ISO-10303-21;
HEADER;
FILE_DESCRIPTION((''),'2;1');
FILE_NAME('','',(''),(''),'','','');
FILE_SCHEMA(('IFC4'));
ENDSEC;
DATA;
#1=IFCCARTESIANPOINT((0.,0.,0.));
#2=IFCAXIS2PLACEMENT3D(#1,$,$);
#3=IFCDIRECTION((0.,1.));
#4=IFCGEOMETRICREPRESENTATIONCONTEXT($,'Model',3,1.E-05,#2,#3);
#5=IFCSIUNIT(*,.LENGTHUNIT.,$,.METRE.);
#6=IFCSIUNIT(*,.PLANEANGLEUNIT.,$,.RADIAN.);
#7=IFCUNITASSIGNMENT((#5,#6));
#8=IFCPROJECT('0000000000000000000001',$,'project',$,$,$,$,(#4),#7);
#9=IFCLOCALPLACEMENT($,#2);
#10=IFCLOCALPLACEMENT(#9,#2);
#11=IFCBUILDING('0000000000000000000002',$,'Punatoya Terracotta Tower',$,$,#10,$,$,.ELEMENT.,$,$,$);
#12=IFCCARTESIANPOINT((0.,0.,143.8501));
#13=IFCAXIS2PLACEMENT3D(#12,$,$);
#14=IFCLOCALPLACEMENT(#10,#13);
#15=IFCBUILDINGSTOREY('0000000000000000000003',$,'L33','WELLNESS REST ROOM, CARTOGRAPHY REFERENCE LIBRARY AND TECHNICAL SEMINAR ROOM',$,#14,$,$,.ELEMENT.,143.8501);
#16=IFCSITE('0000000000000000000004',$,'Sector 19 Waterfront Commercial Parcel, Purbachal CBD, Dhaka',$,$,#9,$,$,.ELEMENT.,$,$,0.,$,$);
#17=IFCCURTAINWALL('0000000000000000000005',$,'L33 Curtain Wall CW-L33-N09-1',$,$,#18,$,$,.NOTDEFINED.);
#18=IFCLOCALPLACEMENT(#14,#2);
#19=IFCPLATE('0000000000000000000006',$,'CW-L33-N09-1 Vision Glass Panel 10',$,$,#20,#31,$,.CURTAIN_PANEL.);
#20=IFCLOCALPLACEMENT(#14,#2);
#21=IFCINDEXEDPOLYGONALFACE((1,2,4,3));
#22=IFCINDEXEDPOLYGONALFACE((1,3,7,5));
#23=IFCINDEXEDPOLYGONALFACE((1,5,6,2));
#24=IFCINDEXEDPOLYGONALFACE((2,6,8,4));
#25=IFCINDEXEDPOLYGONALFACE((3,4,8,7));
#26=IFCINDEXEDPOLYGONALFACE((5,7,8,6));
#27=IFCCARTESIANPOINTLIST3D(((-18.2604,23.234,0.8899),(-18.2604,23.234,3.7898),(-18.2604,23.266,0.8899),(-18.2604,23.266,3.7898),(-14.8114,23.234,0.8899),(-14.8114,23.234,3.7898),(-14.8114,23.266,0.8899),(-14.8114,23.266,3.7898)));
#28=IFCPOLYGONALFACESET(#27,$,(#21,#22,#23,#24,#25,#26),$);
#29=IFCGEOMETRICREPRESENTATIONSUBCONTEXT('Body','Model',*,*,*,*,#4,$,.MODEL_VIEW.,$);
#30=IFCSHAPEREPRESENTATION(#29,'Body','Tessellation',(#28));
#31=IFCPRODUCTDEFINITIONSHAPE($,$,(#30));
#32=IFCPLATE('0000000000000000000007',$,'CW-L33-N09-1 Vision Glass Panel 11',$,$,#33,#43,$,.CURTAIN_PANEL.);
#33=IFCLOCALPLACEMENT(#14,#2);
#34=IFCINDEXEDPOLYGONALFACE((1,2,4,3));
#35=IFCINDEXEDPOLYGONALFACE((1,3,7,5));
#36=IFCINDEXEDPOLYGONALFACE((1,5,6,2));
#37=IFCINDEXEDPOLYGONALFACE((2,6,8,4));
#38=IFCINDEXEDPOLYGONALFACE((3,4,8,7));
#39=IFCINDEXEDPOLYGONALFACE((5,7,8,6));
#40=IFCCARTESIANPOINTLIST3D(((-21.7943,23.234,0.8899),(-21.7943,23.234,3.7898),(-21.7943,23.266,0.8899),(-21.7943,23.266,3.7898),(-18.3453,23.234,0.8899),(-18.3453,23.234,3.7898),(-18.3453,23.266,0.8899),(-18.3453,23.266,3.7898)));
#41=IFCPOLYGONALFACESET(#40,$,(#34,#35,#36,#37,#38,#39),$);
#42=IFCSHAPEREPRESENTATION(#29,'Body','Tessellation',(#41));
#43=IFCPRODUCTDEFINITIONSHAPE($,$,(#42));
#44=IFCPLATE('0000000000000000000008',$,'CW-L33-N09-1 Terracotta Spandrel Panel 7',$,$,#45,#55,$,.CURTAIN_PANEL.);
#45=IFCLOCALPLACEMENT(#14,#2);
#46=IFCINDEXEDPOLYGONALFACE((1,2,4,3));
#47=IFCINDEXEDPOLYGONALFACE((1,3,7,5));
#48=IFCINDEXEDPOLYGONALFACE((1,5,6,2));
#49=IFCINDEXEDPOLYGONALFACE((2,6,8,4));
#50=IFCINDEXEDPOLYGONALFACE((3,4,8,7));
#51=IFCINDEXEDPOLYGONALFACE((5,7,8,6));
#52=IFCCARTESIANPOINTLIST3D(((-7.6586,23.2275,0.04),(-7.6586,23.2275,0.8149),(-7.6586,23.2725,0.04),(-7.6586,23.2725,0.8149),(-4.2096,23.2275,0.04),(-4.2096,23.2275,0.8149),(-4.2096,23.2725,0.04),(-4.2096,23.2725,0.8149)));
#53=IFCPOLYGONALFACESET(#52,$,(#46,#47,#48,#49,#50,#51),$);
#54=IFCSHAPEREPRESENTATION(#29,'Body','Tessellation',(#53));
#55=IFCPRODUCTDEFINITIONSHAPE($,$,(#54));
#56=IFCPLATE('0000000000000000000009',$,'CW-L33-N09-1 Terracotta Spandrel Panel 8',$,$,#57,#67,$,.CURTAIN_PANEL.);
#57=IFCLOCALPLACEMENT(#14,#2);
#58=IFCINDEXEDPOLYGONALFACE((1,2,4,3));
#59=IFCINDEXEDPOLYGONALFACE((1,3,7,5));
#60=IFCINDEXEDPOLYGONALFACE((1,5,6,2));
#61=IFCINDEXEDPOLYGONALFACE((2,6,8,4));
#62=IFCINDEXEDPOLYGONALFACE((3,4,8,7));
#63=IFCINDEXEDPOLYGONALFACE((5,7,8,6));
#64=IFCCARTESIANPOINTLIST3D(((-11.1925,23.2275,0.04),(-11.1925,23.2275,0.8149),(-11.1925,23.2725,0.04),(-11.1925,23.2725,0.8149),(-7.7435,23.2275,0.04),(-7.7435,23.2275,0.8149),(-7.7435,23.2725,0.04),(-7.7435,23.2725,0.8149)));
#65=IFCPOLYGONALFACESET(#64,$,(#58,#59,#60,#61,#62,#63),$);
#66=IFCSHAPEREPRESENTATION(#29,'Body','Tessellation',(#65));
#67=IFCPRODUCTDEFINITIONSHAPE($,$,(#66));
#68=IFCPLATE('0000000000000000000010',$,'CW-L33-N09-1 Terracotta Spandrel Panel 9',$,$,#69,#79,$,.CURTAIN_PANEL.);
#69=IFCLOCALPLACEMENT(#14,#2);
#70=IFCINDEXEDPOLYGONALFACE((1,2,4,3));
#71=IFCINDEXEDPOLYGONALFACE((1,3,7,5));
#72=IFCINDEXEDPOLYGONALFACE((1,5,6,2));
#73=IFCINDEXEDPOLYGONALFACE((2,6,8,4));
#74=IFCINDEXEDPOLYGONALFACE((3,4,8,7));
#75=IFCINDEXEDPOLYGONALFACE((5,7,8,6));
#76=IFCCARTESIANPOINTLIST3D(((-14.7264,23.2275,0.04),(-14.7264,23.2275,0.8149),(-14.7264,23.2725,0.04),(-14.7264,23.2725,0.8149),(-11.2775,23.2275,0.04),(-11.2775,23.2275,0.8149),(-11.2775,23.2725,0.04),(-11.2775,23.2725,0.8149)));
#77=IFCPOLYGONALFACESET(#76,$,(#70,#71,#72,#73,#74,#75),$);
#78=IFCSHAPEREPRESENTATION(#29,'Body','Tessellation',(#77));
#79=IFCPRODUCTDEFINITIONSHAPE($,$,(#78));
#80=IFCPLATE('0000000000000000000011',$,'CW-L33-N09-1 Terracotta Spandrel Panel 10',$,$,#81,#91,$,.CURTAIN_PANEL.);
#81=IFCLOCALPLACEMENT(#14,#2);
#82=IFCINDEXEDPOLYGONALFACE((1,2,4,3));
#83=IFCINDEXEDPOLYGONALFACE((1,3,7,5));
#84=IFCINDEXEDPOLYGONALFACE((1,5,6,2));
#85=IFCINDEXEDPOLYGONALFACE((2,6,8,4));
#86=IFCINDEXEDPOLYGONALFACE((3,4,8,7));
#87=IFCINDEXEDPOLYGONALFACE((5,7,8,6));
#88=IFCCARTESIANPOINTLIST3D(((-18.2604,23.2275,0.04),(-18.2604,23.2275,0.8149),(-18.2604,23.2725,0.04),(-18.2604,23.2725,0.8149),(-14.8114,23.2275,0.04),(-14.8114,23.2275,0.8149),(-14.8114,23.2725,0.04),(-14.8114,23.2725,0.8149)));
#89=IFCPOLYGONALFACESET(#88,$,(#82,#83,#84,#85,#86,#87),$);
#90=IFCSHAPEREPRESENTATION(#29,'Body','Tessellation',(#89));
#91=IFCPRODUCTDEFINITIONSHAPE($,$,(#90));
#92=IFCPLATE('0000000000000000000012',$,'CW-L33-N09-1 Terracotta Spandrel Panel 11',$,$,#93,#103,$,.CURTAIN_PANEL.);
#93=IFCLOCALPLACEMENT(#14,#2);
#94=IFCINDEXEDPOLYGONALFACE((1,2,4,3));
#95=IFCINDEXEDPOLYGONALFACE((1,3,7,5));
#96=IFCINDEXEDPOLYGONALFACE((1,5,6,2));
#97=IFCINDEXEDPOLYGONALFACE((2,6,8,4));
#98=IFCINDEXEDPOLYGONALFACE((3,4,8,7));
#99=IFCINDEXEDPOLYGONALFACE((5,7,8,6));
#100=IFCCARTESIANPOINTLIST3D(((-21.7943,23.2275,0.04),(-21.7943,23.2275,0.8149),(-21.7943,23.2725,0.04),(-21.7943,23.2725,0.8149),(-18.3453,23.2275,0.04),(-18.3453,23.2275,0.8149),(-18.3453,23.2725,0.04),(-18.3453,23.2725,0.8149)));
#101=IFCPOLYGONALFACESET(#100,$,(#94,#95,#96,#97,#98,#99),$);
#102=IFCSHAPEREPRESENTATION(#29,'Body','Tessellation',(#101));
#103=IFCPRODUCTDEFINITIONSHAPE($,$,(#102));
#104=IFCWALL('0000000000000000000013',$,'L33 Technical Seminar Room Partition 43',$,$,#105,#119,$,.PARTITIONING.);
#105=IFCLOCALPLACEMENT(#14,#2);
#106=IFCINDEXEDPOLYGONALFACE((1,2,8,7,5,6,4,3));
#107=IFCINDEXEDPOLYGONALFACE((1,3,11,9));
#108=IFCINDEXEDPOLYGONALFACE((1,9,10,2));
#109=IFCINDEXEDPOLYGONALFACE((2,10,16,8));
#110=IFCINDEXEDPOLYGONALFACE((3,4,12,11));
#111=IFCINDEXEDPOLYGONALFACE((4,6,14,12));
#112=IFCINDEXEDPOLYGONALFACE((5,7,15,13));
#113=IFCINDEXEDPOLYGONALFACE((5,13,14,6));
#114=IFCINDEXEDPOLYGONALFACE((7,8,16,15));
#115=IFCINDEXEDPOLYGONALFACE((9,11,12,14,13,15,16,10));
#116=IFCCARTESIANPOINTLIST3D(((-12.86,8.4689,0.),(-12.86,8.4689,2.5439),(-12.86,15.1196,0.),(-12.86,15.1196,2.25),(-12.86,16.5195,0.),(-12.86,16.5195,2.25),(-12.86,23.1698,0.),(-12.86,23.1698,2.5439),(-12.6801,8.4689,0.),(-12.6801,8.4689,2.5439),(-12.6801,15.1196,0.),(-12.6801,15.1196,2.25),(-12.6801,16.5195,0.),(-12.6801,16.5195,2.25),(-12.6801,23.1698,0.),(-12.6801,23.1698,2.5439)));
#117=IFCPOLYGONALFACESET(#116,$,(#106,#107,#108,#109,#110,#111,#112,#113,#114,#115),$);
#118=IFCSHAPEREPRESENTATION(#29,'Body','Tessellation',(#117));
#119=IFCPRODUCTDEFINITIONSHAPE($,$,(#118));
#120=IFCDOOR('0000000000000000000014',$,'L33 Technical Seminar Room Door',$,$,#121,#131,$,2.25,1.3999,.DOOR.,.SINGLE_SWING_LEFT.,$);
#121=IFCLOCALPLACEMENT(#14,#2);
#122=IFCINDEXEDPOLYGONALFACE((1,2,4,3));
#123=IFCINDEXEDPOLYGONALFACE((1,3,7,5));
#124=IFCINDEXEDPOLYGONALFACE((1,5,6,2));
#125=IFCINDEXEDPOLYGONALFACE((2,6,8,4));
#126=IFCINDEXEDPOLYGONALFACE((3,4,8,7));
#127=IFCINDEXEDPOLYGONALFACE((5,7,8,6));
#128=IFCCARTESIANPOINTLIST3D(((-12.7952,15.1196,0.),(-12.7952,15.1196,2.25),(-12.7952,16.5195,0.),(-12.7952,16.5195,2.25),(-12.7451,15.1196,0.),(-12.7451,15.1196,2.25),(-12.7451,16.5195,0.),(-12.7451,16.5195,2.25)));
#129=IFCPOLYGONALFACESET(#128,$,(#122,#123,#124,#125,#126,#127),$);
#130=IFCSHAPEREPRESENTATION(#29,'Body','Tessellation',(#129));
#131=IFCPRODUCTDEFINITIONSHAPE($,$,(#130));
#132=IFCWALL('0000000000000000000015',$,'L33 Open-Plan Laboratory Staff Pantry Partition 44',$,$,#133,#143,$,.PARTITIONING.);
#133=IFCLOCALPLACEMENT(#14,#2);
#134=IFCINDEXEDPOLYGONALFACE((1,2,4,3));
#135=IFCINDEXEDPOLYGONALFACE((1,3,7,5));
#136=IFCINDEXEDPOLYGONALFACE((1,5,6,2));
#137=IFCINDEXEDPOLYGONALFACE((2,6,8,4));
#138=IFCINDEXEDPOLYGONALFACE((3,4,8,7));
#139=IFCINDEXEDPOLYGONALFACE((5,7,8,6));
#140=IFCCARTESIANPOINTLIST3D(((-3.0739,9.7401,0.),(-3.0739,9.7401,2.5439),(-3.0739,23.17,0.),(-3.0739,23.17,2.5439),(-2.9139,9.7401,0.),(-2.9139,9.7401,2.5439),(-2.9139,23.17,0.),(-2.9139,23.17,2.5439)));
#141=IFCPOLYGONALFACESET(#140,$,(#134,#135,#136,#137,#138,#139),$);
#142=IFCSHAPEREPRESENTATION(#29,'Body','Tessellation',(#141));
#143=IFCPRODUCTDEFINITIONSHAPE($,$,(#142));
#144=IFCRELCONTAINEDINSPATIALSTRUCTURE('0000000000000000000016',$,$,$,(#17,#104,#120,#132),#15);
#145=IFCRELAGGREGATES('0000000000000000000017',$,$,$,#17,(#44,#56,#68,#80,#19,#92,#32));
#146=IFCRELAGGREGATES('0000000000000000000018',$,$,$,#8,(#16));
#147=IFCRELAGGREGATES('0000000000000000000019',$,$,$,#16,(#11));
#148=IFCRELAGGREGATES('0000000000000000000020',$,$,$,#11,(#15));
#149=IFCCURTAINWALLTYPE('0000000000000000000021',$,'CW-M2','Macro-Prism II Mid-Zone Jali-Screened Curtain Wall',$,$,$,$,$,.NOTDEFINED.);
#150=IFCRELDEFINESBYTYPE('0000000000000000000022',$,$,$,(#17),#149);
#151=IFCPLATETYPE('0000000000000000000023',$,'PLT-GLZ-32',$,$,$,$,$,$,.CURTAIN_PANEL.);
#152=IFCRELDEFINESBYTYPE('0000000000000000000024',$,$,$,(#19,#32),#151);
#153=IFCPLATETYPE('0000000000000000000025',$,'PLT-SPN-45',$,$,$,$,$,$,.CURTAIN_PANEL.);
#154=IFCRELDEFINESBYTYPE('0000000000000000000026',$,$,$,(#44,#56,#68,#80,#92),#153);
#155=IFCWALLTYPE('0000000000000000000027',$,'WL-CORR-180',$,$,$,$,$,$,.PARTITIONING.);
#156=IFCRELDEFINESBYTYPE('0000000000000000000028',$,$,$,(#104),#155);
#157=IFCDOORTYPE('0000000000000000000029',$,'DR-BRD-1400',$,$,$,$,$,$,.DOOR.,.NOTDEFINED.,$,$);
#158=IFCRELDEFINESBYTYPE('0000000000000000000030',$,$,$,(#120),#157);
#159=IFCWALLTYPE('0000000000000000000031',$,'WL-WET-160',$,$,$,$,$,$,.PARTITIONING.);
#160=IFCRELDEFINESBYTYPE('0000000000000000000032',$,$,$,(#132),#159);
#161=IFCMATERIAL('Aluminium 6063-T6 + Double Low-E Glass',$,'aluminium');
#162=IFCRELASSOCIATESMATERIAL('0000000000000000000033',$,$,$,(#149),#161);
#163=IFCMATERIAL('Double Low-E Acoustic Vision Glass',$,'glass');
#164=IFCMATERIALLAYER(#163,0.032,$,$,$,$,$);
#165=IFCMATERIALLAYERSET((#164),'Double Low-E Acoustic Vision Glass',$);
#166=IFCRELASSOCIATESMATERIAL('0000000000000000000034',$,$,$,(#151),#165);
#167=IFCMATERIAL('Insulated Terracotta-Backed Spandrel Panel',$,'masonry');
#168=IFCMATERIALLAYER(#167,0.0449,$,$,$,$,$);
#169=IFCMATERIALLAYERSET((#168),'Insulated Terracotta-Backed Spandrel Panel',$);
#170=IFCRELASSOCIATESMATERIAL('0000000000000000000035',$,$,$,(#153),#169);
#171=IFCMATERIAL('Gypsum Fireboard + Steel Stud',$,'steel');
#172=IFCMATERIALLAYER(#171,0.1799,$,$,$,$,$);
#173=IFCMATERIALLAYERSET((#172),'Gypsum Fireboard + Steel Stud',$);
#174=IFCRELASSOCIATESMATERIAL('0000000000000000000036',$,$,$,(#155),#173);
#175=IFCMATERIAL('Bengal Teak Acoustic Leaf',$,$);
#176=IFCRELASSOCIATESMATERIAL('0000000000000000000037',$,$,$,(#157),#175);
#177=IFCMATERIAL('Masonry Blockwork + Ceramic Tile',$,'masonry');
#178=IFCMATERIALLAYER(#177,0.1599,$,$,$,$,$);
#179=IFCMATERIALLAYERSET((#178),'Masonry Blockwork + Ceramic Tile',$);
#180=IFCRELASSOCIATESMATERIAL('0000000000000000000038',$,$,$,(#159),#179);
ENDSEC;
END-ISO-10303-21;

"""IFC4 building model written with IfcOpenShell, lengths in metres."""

from ifc_helpers import new_model, si_unit, direction, frame, frame_2d, origin, origin_2d, place, context, subcontext, project, spatial, rectangle, extrude, material, layer, layer_set, type_object, element, fill, aggregate, save


model = new_model("IFC4")

# Units and contexts
model_context = context("Model", 3, precision=1e-05, world=origin(), true_north=direction((0.0, 1.0)))
body_context = subcontext(model_context, "Body", "Model", "MODEL_VIEW")
ifc_project = project(units=[si_unit("LENGTHUNIT", "METRE"), si_unit("PLANEANGLEUNIT", "RADIAN")], contexts=[model_context])

# Site, building, storey
site_placement = place(None, origin())
site = spatial("IfcSite", under=ifc_project, at=site_placement, Name="Sector 19 Waterfront Commercial Parcel, Purbachal CBD, Dhaka", CompositionType="ELEMENT", RefElevation=0.0)
building_placement = place(site_placement, origin())
building = spatial("IfcBuilding", under=site, at=building_placement, Name="Punatoya Terracotta Tower", CompositionType="ELEMENT")
storey_placement = place(building_placement, frame((0.0, 0.0, 143.8501)))
storey = spatial("IfcBuildingStorey", under=building, at=storey_placement, Name="L33", Description="WELLNESS REST ROOM, CARTOGRAPHY REFERENCE LIBRARY AND TECHNICAL SEMINAR ROOM", CompositionType="ELEMENT", Elevation=143.8501)

# Curtain wall, plates
ifc_material_1 = material(Name="Aluminium 6063-T6 + Double Low-E Glass", Category="aluminium")
curtain_wall_type = type_object("IfcCurtainWallType", Name="CW-M2", Description="Macro-Prism II Mid-Zone Jali-Screened Curtain Wall", PredefinedType="NOTDEFINED", material=ifc_material_1)
curtain_wall_placement = place(storey_placement, origin())
curtain_wall = element("IfcCurtainWall", 1, at=curtain_wall_placement, inside=storey, type_object=curtain_wall_type, Name="L33 Curtain Wall CW-L33-N09-1", PredefinedType="NOTDEFINED")
ifc_material_2 = material(Name="Double Low-E Acoustic Vision Glass", Category="glass")
ifc_layer_1 = layer(ifc_material_2, 0.032)
ifc_layer_set_1 = layer_set([ifc_layer_1], Name="Double Low-E Acoustic Vision Glass")
plate_type_1 = type_object("IfcPlateType", Name="PLT-GLZ-32", PredefinedType="CURTAIN_PANEL", material=ifc_layer_set_1)
plate_1_placement = place(storey_placement, frame((-16.5359, 23.25, 0.8899), z_axis=(0.0, 0.0, 1.0), x_axis=(-1.0, 0.0, 0.0)))
plate_1 = element("IfcPlate", 2, at=plate_1_placement, type_object=plate_type_1, Name="CW-L33-N09-1 Vision Glass Panel 10", PredefinedType="CURTAIN_PANEL", context=body_context, shape_type="SweptSolid", body=[
    extrude(rectangle(XDim=3.449, YDim=0.032, at=origin_2d()), origin(), (0.0, 0.0, 1.0), 2.8999),
])
plate_2_placement = place(storey_placement, frame((-20.0698, 23.25, 0.8899), z_axis=(0.0, 0.0, 1.0), x_axis=(-1.0, 0.0, 0.0)))
plate_2 = element("IfcPlate", 3, at=plate_2_placement, type_object=plate_type_1, Name="CW-L33-N09-1 Vision Glass Panel 11", PredefinedType="CURTAIN_PANEL", context=body_context, shape_type="SweptSolid", body=[
    extrude(rectangle(XDim=3.449, YDim=0.032, at=origin_2d()), origin(), (0.0, 0.0, 1.0), 2.8999),
])
ifc_material_3 = material(Name="Insulated Terracotta-Backed Spandrel Panel", Category="masonry")
ifc_layer_2 = layer(ifc_material_3, 0.0449)
ifc_layer_set_2 = layer_set([ifc_layer_2], Name="Insulated Terracotta-Backed Spandrel Panel")
plate_type_2 = type_object("IfcPlateType", Name="PLT-SPN-45", PredefinedType="CURTAIN_PANEL", material=ifc_layer_set_2)
plate_3_placement = place(storey_placement, frame((-5.9341, 23.25, 0.04), z_axis=(0.0, 0.0, 1.0), x_axis=(-1.0, 0.0, 0.0)))
plate_3 = element("IfcPlate", 4, at=plate_3_placement, type_object=plate_type_2, Name="CW-L33-N09-1 Terracotta Spandrel Panel 7", PredefinedType="CURTAIN_PANEL", context=body_context, shape_type="SweptSolid", body=[
    extrude(rectangle(XDim=3.449, YDim=0.0449, at=origin_2d()), origin(), (0.0, 0.0, 1.0), 0.7749),
])
plate_4_placement = place(storey_placement, frame((-9.468, 23.25, 0.04), z_axis=(0.0, 0.0, 1.0), x_axis=(-1.0, 0.0, 0.0)))
plate_4 = element("IfcPlate", 5, at=plate_4_placement, type_object=plate_type_2, Name="CW-L33-N09-1 Terracotta Spandrel Panel 8", PredefinedType="CURTAIN_PANEL", context=body_context, shape_type="SweptSolid", body=[
    extrude(rectangle(XDim=3.449, YDim=0.0449, at=origin_2d()), origin(), (0.0, 0.0, 1.0), 0.7749),
])
plate_5_placement = place(storey_placement, frame((-13.002, 23.25, 0.04), z_axis=(0.0, 0.0, 1.0), x_axis=(-1.0, 0.0, 0.0)))
plate_5 = element("IfcPlate", 6, at=plate_5_placement, type_object=plate_type_2, Name="CW-L33-N09-1 Terracotta Spandrel Panel 9", PredefinedType="CURTAIN_PANEL", context=body_context, shape_type="SweptSolid", body=[
    extrude(rectangle(XDim=3.449, YDim=0.0449, at=origin_2d()), origin(), (0.0, 0.0, 1.0), 0.7749),
])
plate_6_placement = place(storey_placement, frame((-16.5359, 23.25, 0.04), z_axis=(0.0, 0.0, 1.0), x_axis=(-1.0, 0.0, 0.0)))
plate_6 = element("IfcPlate", 7, at=plate_6_placement, type_object=plate_type_2, Name="CW-L33-N09-1 Terracotta Spandrel Panel 10", PredefinedType="CURTAIN_PANEL", context=body_context, shape_type="SweptSolid", body=[
    extrude(rectangle(XDim=3.449, YDim=0.0449, at=origin_2d()), origin(), (0.0, 0.0, 1.0), 0.7749),
])
plate_7_placement = place(storey_placement, frame((-20.0698, 23.25, 0.04), z_axis=(0.0, 0.0, 1.0), x_axis=(-1.0, 0.0, 0.0)))
plate_7 = element("IfcPlate", 8, at=plate_7_placement, type_object=plate_type_2, Name="CW-L33-N09-1 Terracotta Spandrel Panel 11", PredefinedType="CURTAIN_PANEL", context=body_context, shape_type="SweptSolid", body=[
    extrude(rectangle(XDim=3.449, YDim=0.0449, at=origin_2d()), origin(), (0.0, 0.0, 1.0), 0.7749),
])
aggregate(curtain_wall, [plate_3, plate_4, plate_5, plate_6, plate_1, plate_7, plate_2])

# Wall, opening, door
ifc_material_4 = material(Name="Gypsum Fireboard + Steel Stud", Category="steel")
ifc_layer_3 = layer(ifc_material_4, 0.1799)
ifc_layer_set_3 = layer_set([ifc_layer_3], Name="Gypsum Fireboard + Steel Stud")
wall_type_1 = type_object("IfcWallType", Name="WL-CORR-180", PredefinedType="PARTITIONING", material=ifc_layer_set_3)
wall_1_placement = place(storey_placement, frame((-12.77, 23.1699, 0.0), z_axis=(0.0, 0.0, 1.0), x_axis=(0.0, -1.0, 0.0)))
wall_1 = element("IfcWall", 9, at=wall_1_placement, inside=storey, type_object=wall_type_1, Name="L33 Technical Seminar Room Partition 43", PredefinedType="PARTITIONING", context=body_context, shape_type="SweptSolid", body=[
    extrude(rectangle(XDim=14.7009, YDim=0.1799, at=frame_2d((7.3506, 0.0))), origin(), (0.0, 0.0, 1.0), 2.5439),
])
opening_placement = place(wall_1_placement, frame((6.6504, 0.0, 0.0)))
opening = element("IfcOpeningElement", 10, at=opening_placement, cuts=wall_1, PredefinedType="OPENING", context=body_context, shape_type="SweptSolid", body=[
    extrude(rectangle(XDim=1.3999, YDim=2.25, at=frame_2d((0.7, 1.125))), frame((0.0, 0.0999, 0.0), z_axis=(0.0, -1.0, 0.0), x_axis=(1.0, 0.0, 0.0)), (0.0, 0.0, 1.0), 0.2),
])
ifc_material_5 = material(Name="Bengal Teak Acoustic Leaf")
door_type = type_object("IfcDoorType", Name="DR-BRD-1400", OperationType="NOTDEFINED", PredefinedType="DOOR", material=ifc_material_5)
door_placement = place(opening_placement, origin())
door = element("IfcDoor", 11, at=door_placement, inside=storey, type_object=door_type, Name="L33 Technical Seminar Room Door", OperationType="SINGLE_SWING_LEFT", OverallHeight=2.25, OverallWidth=1.3999, PredefinedType="DOOR", context=body_context, shape_type="SweptSolid", body=[
    extrude(rectangle(XDim=1.3999, YDim=2.25, at=frame_2d((0.7, 1.125))), frame((0.0, 0.0249, 0.0), z_axis=(0.0, -1.0, 0.0), x_axis=(1.0, 0.0, 0.0)), (0.0, 0.0, 1.0), 0.05),
])
fill(opening, door)

# Wall
ifc_material_6 = material(Name="Masonry Blockwork + Ceramic Tile", Category="masonry")
ifc_layer_4 = layer(ifc_material_6, 0.1599)
ifc_layer_set_4 = layer_set([ifc_layer_4], Name="Masonry Blockwork + Ceramic Tile")
wall_type_2 = type_object("IfcWallType", Name="WL-WET-160", PredefinedType="PARTITIONING", material=ifc_layer_set_4)
wall_2_placement = place(storey_placement, frame((-2.9939, 23.1699, 0.0), z_axis=(0.0, 0.0, 1.0), x_axis=(0.0, -1.0, 0.0)))
element("IfcWall", 12, at=wall_2_placement, inside=storey, type_object=wall_type_2, Name="L33 Open-Plan Laboratory Staff Pantry Partition 44", PredefinedType="PARTITIONING", context=body_context, shape_type="SweptSolid", body=[
    extrude(rectangle(XDim=13.4299, YDim=0.1599, at=frame_2d((6.7148, 0.0))), origin(), (0.0, 0.0, 1.0), 2.5439),
])

save(model, "model.ifc")
